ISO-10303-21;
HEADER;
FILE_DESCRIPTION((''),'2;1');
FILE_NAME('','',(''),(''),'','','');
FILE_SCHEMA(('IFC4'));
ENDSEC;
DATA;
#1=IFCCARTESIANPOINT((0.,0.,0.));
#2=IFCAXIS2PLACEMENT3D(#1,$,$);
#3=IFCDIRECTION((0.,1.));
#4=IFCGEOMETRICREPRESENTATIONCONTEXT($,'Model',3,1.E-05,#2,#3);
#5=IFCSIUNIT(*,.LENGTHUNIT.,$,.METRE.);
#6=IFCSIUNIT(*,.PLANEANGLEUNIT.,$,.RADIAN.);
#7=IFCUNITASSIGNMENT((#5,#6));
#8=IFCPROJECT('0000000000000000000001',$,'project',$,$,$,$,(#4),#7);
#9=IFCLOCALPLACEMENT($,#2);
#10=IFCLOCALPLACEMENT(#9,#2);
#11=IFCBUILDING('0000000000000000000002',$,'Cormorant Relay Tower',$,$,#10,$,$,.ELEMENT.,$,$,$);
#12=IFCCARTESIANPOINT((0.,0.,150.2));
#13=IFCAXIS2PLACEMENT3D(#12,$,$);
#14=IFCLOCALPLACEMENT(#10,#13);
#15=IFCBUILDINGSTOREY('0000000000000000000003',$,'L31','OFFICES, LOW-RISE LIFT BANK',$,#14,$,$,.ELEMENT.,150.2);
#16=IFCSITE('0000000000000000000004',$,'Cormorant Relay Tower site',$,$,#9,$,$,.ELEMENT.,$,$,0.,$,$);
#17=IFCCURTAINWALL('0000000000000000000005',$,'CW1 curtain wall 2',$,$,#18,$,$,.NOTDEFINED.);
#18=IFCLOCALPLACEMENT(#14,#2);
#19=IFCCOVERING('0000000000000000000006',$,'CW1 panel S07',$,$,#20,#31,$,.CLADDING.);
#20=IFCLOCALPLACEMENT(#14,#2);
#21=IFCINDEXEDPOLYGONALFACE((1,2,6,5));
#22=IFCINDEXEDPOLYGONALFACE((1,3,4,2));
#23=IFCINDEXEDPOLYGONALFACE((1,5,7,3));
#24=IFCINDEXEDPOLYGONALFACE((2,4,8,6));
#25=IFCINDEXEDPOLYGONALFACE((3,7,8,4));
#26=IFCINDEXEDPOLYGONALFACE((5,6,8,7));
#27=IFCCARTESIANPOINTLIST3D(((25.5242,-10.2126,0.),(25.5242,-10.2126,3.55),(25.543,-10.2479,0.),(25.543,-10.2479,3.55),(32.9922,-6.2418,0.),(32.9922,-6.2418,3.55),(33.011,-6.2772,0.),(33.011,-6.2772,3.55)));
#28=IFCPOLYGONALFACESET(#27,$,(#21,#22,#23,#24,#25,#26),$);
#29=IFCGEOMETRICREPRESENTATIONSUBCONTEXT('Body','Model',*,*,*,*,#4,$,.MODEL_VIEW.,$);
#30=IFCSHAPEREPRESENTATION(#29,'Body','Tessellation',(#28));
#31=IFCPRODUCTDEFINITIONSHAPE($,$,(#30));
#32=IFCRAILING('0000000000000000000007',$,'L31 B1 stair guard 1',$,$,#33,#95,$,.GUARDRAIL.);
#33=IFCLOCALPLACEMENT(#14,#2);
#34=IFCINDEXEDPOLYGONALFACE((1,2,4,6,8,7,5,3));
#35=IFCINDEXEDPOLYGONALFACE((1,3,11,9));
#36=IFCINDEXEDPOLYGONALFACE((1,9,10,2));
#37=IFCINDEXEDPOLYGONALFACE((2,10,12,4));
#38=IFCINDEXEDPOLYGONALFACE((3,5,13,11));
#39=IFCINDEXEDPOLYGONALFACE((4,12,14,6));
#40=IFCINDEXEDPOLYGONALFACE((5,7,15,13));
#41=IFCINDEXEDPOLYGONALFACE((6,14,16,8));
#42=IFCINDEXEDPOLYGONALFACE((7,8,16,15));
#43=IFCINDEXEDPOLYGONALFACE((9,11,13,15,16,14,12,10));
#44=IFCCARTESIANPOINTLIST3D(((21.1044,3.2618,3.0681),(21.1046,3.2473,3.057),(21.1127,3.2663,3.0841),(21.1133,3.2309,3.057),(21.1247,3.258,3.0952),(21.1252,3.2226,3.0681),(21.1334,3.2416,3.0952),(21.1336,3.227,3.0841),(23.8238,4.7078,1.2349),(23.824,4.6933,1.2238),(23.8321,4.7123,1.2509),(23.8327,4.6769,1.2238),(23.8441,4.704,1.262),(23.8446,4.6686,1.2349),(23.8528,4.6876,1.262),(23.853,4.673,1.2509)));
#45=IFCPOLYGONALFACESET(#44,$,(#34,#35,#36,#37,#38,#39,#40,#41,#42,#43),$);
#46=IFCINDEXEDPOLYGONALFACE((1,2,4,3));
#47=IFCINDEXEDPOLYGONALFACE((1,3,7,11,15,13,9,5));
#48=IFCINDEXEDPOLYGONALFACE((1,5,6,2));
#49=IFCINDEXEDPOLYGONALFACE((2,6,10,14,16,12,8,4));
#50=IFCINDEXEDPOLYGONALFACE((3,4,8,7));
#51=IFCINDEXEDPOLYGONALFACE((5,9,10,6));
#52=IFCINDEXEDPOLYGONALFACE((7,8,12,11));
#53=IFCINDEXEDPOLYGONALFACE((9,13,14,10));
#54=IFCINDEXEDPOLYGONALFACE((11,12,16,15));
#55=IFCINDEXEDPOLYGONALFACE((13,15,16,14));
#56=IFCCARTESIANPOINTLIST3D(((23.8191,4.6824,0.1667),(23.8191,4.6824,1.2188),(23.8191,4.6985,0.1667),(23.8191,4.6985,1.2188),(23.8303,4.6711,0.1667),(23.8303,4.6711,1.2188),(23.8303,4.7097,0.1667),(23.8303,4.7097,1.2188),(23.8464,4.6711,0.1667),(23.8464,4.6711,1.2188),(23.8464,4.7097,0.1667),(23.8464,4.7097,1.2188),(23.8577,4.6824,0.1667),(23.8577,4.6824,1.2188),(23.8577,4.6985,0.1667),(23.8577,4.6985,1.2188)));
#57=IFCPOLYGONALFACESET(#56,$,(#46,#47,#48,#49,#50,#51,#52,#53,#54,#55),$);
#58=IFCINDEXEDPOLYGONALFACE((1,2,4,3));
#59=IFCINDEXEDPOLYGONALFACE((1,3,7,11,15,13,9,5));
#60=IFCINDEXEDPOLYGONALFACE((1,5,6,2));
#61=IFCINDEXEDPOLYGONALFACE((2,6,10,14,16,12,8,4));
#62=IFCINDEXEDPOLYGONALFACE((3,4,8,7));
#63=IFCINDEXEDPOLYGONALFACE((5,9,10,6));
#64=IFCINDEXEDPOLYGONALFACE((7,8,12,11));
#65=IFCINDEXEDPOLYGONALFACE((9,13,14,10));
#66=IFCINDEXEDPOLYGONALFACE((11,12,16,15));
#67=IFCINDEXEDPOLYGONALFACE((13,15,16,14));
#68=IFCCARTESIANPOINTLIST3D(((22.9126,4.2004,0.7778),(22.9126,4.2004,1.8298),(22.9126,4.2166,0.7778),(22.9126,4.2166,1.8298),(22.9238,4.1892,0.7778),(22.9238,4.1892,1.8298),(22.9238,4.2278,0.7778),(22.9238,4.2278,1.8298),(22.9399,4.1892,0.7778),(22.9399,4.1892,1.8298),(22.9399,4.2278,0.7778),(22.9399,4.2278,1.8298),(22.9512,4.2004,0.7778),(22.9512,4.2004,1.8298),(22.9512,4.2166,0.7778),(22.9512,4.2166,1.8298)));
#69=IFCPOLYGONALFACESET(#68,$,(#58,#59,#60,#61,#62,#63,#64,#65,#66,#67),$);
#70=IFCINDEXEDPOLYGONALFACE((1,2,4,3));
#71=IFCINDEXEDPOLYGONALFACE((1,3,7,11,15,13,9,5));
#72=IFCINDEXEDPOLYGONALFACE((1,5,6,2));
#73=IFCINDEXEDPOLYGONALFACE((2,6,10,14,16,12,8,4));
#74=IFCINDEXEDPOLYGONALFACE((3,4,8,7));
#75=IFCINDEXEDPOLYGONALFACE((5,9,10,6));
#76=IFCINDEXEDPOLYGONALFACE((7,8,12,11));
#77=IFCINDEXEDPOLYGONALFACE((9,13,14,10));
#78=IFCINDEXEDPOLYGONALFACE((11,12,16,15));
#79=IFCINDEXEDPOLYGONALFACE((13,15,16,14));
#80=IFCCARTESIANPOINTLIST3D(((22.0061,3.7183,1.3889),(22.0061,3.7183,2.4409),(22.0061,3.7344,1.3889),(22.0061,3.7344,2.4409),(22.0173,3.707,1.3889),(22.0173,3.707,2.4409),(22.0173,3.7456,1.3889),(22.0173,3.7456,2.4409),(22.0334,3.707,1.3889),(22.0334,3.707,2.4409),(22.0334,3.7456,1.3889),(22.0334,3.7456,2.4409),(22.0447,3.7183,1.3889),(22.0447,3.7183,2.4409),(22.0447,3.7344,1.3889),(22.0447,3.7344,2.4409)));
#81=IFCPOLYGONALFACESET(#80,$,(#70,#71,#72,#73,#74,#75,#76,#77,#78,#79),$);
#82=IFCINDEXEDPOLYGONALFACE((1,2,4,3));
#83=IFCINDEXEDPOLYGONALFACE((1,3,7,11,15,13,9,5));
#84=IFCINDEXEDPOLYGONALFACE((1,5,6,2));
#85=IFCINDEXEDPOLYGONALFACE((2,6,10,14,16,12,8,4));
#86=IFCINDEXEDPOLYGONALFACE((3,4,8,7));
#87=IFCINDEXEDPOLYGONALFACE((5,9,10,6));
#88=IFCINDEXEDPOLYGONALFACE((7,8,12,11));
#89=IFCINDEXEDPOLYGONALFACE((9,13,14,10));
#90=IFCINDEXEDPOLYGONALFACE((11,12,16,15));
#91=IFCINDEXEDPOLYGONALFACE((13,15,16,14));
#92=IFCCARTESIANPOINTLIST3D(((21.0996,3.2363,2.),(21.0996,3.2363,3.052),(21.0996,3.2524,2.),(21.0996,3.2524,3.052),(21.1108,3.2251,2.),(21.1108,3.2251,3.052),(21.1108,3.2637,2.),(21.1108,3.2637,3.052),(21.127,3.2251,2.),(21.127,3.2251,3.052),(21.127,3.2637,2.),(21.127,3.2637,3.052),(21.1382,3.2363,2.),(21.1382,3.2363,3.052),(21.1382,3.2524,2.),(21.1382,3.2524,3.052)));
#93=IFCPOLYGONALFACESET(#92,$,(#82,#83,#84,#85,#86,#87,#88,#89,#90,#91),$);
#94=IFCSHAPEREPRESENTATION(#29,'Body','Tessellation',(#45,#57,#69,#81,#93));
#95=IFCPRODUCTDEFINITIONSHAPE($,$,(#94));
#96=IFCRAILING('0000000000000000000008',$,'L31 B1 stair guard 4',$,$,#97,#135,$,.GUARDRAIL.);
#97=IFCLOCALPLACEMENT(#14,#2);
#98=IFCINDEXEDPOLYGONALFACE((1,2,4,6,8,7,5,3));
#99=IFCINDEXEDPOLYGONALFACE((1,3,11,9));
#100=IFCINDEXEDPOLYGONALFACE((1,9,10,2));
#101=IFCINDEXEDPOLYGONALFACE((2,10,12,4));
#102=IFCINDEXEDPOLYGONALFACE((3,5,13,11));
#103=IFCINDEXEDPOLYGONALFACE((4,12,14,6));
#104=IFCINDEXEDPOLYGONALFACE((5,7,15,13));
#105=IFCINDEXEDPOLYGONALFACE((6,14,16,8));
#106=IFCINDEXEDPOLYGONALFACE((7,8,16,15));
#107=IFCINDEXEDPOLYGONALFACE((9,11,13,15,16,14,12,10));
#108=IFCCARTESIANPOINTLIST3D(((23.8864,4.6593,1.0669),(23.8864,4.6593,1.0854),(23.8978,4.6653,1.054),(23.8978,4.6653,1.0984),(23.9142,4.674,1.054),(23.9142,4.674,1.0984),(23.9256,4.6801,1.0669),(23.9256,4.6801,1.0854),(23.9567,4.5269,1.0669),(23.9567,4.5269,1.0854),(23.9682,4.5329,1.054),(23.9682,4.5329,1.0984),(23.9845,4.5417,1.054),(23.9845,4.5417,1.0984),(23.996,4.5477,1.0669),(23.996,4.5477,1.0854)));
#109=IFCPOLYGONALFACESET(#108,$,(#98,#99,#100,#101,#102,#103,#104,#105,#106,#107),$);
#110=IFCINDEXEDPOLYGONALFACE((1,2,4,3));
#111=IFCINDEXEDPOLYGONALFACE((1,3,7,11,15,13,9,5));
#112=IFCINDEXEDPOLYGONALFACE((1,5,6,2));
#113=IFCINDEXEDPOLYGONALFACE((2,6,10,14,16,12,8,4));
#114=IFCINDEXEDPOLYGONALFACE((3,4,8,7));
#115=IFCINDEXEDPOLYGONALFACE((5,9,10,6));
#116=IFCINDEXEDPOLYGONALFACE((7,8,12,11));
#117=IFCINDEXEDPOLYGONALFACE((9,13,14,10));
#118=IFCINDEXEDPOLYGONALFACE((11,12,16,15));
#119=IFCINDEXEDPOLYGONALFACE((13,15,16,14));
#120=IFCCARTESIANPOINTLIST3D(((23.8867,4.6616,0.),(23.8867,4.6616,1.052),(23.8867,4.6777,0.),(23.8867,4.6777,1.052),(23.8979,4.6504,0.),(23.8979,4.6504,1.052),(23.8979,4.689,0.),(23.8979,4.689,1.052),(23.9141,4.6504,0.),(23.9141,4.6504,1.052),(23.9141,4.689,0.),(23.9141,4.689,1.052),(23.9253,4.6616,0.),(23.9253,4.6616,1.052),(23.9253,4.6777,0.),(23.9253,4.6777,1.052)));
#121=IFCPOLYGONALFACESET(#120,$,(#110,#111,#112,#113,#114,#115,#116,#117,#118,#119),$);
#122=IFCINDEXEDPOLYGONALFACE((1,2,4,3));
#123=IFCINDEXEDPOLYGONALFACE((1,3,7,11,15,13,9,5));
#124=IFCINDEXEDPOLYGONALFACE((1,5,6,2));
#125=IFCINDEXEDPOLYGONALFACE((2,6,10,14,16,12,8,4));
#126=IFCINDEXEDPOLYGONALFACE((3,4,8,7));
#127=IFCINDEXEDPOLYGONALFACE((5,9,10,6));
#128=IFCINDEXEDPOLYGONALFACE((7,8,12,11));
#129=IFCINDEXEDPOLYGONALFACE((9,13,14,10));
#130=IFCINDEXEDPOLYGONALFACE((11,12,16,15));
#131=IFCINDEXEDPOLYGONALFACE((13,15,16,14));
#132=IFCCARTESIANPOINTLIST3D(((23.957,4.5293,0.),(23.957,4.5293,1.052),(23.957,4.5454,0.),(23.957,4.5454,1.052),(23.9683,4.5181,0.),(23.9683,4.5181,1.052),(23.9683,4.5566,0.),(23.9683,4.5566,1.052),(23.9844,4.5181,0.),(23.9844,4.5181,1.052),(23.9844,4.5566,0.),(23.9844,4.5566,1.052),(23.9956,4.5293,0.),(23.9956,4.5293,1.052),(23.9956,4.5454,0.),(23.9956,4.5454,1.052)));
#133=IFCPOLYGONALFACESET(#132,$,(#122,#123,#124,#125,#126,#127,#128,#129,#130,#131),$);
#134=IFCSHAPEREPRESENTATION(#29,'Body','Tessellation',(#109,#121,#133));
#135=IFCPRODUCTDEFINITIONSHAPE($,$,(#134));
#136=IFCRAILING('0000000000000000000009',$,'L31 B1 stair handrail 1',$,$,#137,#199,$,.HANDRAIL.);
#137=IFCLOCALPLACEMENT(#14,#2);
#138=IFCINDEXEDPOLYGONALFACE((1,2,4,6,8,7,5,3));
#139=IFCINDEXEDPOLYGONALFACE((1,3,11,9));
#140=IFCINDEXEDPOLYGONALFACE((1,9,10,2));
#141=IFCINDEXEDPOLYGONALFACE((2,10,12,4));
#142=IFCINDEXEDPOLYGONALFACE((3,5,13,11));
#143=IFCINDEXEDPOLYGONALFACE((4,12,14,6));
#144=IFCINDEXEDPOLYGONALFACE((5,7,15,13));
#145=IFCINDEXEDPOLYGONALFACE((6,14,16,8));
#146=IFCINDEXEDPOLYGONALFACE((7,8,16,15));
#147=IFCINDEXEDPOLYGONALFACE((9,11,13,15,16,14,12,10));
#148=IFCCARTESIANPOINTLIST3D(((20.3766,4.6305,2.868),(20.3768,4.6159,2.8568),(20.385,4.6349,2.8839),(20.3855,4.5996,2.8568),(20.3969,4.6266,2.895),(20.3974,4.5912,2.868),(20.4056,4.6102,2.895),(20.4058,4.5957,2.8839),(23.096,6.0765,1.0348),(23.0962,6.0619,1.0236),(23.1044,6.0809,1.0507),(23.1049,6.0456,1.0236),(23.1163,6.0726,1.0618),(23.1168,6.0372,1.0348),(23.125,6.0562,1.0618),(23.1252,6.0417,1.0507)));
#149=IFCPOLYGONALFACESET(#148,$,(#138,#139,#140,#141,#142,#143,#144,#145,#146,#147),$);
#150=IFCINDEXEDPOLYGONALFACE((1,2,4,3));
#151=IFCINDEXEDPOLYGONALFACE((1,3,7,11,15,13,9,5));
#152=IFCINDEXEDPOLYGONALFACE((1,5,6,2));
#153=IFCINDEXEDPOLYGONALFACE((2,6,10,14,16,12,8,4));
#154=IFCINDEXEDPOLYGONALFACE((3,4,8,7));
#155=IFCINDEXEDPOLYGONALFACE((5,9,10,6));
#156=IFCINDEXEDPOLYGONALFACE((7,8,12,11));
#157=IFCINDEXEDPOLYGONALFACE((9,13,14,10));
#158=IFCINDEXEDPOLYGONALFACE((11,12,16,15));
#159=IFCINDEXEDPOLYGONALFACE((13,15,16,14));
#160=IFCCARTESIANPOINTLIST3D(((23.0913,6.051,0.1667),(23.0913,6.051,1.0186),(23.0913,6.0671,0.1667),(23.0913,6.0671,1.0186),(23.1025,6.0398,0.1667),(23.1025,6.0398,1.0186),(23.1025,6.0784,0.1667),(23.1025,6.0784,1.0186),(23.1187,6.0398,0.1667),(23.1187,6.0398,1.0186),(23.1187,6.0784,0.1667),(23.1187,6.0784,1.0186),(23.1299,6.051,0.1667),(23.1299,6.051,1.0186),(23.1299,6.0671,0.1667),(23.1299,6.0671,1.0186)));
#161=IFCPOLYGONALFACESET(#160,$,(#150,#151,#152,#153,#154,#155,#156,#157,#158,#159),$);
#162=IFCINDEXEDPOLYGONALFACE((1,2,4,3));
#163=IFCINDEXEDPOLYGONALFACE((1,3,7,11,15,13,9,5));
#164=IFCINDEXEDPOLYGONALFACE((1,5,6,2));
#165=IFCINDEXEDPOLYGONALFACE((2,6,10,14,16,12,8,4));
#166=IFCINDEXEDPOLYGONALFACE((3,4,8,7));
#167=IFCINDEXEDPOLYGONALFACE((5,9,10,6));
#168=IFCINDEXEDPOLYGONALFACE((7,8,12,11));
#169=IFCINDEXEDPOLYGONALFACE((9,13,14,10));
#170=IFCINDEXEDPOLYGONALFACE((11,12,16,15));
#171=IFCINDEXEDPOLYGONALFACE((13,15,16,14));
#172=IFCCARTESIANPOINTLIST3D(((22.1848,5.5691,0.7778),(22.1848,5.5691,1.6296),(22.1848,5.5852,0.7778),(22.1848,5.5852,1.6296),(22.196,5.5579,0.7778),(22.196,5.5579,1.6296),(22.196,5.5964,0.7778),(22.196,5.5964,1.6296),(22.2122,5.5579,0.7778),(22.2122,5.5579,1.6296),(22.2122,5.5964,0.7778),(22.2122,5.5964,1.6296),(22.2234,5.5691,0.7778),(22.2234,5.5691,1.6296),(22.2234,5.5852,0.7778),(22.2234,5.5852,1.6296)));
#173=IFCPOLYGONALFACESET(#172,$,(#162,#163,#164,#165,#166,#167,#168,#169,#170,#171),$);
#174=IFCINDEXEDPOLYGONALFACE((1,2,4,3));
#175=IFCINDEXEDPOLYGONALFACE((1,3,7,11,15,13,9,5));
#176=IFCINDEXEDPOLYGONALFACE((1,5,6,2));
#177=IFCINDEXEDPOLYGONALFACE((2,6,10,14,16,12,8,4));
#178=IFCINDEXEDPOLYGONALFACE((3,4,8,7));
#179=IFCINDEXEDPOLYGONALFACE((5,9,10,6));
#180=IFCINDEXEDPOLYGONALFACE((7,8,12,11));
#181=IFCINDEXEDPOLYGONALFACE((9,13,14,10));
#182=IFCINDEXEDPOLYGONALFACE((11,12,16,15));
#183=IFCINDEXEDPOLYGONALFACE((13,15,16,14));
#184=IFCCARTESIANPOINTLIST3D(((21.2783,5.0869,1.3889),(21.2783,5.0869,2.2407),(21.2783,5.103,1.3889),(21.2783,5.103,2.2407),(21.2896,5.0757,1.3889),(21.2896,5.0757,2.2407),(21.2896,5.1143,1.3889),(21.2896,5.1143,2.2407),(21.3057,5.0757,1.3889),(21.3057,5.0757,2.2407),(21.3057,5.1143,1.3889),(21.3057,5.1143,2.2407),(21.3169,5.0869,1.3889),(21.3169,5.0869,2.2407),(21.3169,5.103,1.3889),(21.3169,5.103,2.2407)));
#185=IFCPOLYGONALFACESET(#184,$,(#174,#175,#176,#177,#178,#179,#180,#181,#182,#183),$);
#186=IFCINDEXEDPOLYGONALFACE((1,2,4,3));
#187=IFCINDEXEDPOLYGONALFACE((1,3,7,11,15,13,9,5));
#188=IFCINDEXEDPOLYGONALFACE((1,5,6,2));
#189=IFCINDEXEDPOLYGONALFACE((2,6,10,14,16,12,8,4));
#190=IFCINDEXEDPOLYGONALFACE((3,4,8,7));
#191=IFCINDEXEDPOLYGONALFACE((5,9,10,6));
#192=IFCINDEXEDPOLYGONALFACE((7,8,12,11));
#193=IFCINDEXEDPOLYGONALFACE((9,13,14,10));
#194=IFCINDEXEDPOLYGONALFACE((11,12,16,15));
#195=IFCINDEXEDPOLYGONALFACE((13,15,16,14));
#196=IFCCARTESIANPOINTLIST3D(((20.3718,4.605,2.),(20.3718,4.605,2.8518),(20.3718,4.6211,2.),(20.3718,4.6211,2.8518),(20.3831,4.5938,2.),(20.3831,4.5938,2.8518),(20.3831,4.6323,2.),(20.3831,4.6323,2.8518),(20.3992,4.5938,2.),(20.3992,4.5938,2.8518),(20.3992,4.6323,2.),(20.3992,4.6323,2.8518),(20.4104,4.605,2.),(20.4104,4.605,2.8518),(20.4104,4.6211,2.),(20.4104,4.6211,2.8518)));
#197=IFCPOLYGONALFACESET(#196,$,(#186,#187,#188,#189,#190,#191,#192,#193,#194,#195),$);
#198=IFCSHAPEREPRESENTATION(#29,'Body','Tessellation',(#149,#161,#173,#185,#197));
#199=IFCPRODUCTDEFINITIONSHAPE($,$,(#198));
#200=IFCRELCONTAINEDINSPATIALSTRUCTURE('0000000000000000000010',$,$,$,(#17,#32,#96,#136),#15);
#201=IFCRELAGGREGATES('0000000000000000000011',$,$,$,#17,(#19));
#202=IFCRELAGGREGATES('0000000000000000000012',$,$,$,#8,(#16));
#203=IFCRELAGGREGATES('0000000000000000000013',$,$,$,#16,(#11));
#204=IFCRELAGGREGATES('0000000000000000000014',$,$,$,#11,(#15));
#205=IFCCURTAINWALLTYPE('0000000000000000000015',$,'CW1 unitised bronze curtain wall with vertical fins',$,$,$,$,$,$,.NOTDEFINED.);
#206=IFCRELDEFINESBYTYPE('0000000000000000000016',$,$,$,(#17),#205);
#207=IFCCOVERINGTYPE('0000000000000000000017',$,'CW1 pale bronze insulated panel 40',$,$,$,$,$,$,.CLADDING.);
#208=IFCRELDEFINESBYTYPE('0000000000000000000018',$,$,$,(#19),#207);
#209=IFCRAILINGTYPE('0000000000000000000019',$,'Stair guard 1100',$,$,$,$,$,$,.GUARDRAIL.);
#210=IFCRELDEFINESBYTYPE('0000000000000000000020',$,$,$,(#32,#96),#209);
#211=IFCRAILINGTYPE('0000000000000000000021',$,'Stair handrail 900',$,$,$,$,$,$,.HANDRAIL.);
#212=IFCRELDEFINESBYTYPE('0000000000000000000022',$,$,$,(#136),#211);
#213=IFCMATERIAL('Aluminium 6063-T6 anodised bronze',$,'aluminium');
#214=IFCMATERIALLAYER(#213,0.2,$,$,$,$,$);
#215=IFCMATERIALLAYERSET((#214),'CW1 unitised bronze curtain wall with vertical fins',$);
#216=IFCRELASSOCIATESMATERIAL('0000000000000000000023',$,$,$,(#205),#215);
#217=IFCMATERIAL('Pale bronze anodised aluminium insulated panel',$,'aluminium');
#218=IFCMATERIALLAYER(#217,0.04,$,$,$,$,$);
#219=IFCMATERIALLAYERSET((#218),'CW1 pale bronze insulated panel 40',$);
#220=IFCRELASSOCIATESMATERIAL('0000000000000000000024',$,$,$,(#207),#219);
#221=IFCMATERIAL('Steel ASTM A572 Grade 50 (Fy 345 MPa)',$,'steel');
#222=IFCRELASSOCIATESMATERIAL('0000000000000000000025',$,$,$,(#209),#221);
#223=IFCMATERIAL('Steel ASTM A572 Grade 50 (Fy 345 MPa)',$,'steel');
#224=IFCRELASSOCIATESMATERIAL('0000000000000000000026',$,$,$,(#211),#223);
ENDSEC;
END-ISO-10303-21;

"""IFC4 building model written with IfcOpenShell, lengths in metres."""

from ifc_helpers import new_model, si_unit, direction, frame, origin, origin_2d, place, context, subcontext, project, spatial, polyline, rectangle, outline, extrude, material, layer, layer_set, type_object, element, aggregate, save


model = new_model("IFC4")

# Units and contexts
model_context = context("Model", 3, precision=1e-05, world=origin(), true_north=direction((0.0, 1.0)))
body_context = subcontext(model_context, "Body", "Model", "MODEL_VIEW")
ifc_project = project(units=[si_unit("LENGTHUNIT", "METRE"), si_unit("PLANEANGLEUNIT", "RADIAN")], contexts=[model_context])

# Site, building, storey
site_placement = place(None, origin())
site = spatial("IfcSite", under=ifc_project, at=site_placement, Name="Cormorant Relay Tower site", CompositionType="ELEMENT", RefElevation=0.0)
building_placement = place(site_placement, origin())
building = spatial("IfcBuilding", under=site, at=building_placement, Name="Cormorant Relay Tower", CompositionType="ELEMENT")
storey_placement = place(building_placement, frame((0.0, 0.0, 150.2)))
storey = spatial("IfcBuildingStorey", under=building, at=storey_placement, Name="L31", Description="OFFICES, LOW-RISE LIFT BANK", CompositionType="ELEMENT", Elevation=150.2)

# Curtain wall
ifc_material_1 = material(Name="Aluminium 6063-T6 anodised bronze", Category="aluminium")
ifc_layer_1 = layer(ifc_material_1, 0.2)
ifc_layer_set_1 = layer_set([ifc_layer_1], Name="CW1 unitised bronze curtain wall with vertical fins")
curtain_wall_type = type_object("IfcCurtainWallType", Name="CW1 unitised bronze curtain wall with vertical fins", PredefinedType="NOTDEFINED", material=ifc_layer_set_1)
curtain_wall_1_placement = place(storey_placement, origin())
curtain_wall_1 = element("IfcCurtainWall", 1, at=curtain_wall_1_placement, inside=storey, type_object=curtain_wall_type, Name="CW1 curtain wall 2", PredefinedType="NOTDEFINED")

# Covering
ifc_material_2 = material(Name="Pale bronze anodised aluminium insulated panel", Category="aluminium")
ifc_layer_2 = layer(ifc_material_2, 0.04)
ifc_layer_set_2 = layer_set([ifc_layer_2], Name="CW1 pale bronze insulated panel 40")
covering_type = type_object("IfcCoveringType", Name="CW1 pale bronze insulated panel 40", PredefinedType="CLADDING", material=ifc_layer_set_2)
covering_placement = place(storey_placement, frame((29.2676, -8.2449, 0.0), z_axis=(0.0, 0.0, 1.0), x_axis=(0.882948, 0.469472, 0.0)))
covering = element("IfcCovering", 2, at=covering_placement, type_object=covering_type, Name="CW1 panel S07", PredefinedType="CLADDING", context=body_context, shape_type="SweptSolid", body=[
    extrude(rectangle(XDim=8.458, YDim=0.04, at=origin_2d()), origin(), (0.0, 0.0, 1.0), 3.55),
])
aggregate(curtain_wall_1, [covering])

# Railings
ifc_material_3 = material(Name="Steel ASTM A572 Grade 50 (Fy 345 MPa)", Category="steel")
railing_type_1 = type_object("IfcRailingType", Name="Stair guard 1100", PredefinedType="GUARDRAIL", material=ifc_material_3)
railing_1_placement = place(storey_placement, frame((23.8384, 4.6904, 0.1667)))
element("IfcRailing", 3, at=railing_1_placement, inside=storey, type_object=railing_type_1, Name="L31 B1 stair guard 1", PredefinedType="GUARDRAIL", context=body_context, shape_type="SweptSolid", body=[
    extrude(outline(polyline([(0.0222, 0.0093), (0.0093, 0.0222), (-0.0093, 0.0222), (-0.0222, 0.0093), (-0.0222, -0.0093), (-0.0093, -0.0222), (0.0093, -0.0222), (0.0222, -0.0093), (0.0222, 0.0093)])), frame((0.0, 0.0, 1.0762), z_axis=(-0.758714, -0.403435, 0.511463), x_axis=(0.469489, -0.882938, 0.0)), (0.0, 0.0, 1.0), 3.5842),
    extrude(outline(polyline([(0.0193, 0.0081), (0.0081, 0.0193), (-0.0081, 0.0193), (-0.0193, 0.0081), (-0.0193, -0.0081), (-0.0081, -0.0193), (0.0081, -0.0193), (0.0193, -0.0081), (0.0193, 0.0081)])), origin(), (0.0, 0.0, 1.0), 1.052),
    extrude(outline(polyline([(0.0193, 0.0081), (0.0081, 0.0193), (-0.0081, 0.0193), (-0.0193, 0.0081), (-0.0193, -0.0081), (-0.0081, -0.0193), (0.0081, -0.0193), (0.0193, -0.0081), (0.0193, 0.0081)])), frame((-0.9065, -0.4819, 0.6111)), (0.0, 0.0, 1.0), 1.052),
    extrude(outline(polyline([(0.0193, 0.0081), (0.0081, 0.0193), (-0.0081, 0.0193), (-0.0193, 0.0081), (-0.0193, -0.0081), (-0.0081, -0.0193), (0.0081, -0.0193), (0.0193, -0.0081), (0.0193, 0.0081)])), frame((-1.813, -0.9641, 1.2222)), (0.0, 0.0, 1.0), 1.052),
    extrude(outline(polyline([(0.0193, 0.0081), (0.0081, 0.0193), (-0.0081, 0.0193), (-0.0193, 0.0081), (-0.0193, -0.0081), (-0.0081, -0.0193), (0.0081, -0.0193), (0.0193, -0.0081), (0.0193, 0.0081)])), frame((-2.7195, -1.446, 1.8333)), (0.0, 0.0, 1.0), 1.052),
])
railing_2_placement = place(storey_placement, frame((23.906, 4.6697, 0.0)))
element("IfcRailing", 4, at=railing_2_placement, inside=storey, type_object=railing_type_1, Name="L31 B1 stair guard 4", PredefinedType="GUARDRAIL", context=body_context, shape_type="SweptSolid", body=[
    extrude(outline(polyline([(0.0222, 0.0093), (0.0093, 0.0222), (-0.0093, 0.0222), (-0.0222, 0.0093), (-0.0222, -0.0093), (-0.0093, -0.0222), (0.0093, -0.0222), (0.0222, -0.0093), (0.0222, 0.0093)])), frame((0.0, 0.0, 1.0762), z_axis=(0.469235, -0.883074, 0.0), x_axis=(0.883074, 0.469235, 0.0)), (0.0, 0.0, 1.0), 0.1499),
    extrude(outline(polyline([(0.0193, 0.0081), (0.0081, 0.0193), (-0.0081, 0.0193), (-0.0193, 0.0081), (-0.0193, -0.0081), (-0.0081, -0.0193), (0.0081, -0.0193), (0.0193, -0.0081), (0.0193, 0.0081)])), origin(), (0.0, 0.0, 1.0), 1.052),
    extrude(outline(polyline([(0.0193, 0.0081), (0.0081, 0.0193), (-0.0081, 0.0193), (-0.0193, 0.0081), (-0.0193, -0.0081), (-0.0081, -0.0193), (0.0081, -0.0193), (0.0193, -0.0081), (0.0193, 0.0081)])), frame((0.0703, -0.1323, 0.0)), (0.0, 0.0, 1.0), 1.052),
])
ifc_material_4 = material(Name="Steel ASTM A572 Grade 50 (Fy 345 MPa)", Category="steel")
railing_type_2 = type_object("IfcRailingType", Name="Stair handrail 900", PredefinedType="HANDRAIL", material=ifc_material_4)
railing_3_placement = place(storey_placement, frame((23.1106, 6.0591, 0.1667)))
element("IfcRailing", 5, at=railing_3_placement, inside=storey, type_object=railing_type_2, Name="L31 B1 stair handrail 1", PredefinedType="HANDRAIL", context=body_context, shape_type="SweptSolid", body=[
    extrude(outline(polyline([(0.0222, 0.0093), (0.0093, 0.0222), (-0.0093, 0.0222), (-0.0222, 0.0093), (-0.0222, -0.0093), (-0.0093, -0.0222), (0.0093, -0.0222), (0.0222, -0.0093), (0.0222, 0.0093)])), frame((0.0, 0.0, 0.876), z_axis=(-0.758714, -0.403435, 0.511463), x_axis=(0.469489, -0.882938, 0.0)), (0.0, 0.0, 1.0), 3.5842),
    extrude(outline(polyline([(0.0193, 0.0081), (0.0081, 0.0193), (-0.0081, 0.0193), (-0.0193, 0.0081), (-0.0193, -0.0081), (-0.0081, -0.0193), (0.0081, -0.0193), (0.0193, -0.0081), (0.0193, 0.0081)])), origin(), (0.0, 0.0, 1.0), 0.8518),
    extrude(outline(polyline([(0.0193, 0.0081), (0.0081, 0.0193), (-0.0081, 0.0193), (-0.0193, 0.0081), (-0.0193, -0.0081), (-0.0081, -0.0193), (0.0081, -0.0193), (0.0193, -0.0081), (0.0193, 0.0081)])), frame((-0.9065, -0.4819, 0.6111)), (0.0, 0.0, 1.0), 0.8518),
    extrude(outline(polyline([(0.0193, 0.0081), (0.0081, 0.0193), (-0.0081, 0.0193), (-0.0193, 0.0081), (-0.0193, -0.0081), (-0.0081, -0.0193), (0.0081, -0.0193), (0.0193, -0.0081), (0.0193, 0.0081)])), frame((-1.813, -0.9641, 1.2222)), (0.0, 0.0, 1.0), 0.8518),
    extrude(outline(polyline([(0.0193, 0.0081), (0.0081, 0.0193), (-0.0081, 0.0193), (-0.0193, 0.0081), (-0.0193, -0.0081), (-0.0081, -0.0193), (0.0081, -0.0193), (0.0193, -0.0081), (0.0193, 0.0081)])), frame((-2.7195, -1.446, 1.8333)), (0.0, 0.0, 1.0), 0.8518),
])

save(model, "model.ifc")
